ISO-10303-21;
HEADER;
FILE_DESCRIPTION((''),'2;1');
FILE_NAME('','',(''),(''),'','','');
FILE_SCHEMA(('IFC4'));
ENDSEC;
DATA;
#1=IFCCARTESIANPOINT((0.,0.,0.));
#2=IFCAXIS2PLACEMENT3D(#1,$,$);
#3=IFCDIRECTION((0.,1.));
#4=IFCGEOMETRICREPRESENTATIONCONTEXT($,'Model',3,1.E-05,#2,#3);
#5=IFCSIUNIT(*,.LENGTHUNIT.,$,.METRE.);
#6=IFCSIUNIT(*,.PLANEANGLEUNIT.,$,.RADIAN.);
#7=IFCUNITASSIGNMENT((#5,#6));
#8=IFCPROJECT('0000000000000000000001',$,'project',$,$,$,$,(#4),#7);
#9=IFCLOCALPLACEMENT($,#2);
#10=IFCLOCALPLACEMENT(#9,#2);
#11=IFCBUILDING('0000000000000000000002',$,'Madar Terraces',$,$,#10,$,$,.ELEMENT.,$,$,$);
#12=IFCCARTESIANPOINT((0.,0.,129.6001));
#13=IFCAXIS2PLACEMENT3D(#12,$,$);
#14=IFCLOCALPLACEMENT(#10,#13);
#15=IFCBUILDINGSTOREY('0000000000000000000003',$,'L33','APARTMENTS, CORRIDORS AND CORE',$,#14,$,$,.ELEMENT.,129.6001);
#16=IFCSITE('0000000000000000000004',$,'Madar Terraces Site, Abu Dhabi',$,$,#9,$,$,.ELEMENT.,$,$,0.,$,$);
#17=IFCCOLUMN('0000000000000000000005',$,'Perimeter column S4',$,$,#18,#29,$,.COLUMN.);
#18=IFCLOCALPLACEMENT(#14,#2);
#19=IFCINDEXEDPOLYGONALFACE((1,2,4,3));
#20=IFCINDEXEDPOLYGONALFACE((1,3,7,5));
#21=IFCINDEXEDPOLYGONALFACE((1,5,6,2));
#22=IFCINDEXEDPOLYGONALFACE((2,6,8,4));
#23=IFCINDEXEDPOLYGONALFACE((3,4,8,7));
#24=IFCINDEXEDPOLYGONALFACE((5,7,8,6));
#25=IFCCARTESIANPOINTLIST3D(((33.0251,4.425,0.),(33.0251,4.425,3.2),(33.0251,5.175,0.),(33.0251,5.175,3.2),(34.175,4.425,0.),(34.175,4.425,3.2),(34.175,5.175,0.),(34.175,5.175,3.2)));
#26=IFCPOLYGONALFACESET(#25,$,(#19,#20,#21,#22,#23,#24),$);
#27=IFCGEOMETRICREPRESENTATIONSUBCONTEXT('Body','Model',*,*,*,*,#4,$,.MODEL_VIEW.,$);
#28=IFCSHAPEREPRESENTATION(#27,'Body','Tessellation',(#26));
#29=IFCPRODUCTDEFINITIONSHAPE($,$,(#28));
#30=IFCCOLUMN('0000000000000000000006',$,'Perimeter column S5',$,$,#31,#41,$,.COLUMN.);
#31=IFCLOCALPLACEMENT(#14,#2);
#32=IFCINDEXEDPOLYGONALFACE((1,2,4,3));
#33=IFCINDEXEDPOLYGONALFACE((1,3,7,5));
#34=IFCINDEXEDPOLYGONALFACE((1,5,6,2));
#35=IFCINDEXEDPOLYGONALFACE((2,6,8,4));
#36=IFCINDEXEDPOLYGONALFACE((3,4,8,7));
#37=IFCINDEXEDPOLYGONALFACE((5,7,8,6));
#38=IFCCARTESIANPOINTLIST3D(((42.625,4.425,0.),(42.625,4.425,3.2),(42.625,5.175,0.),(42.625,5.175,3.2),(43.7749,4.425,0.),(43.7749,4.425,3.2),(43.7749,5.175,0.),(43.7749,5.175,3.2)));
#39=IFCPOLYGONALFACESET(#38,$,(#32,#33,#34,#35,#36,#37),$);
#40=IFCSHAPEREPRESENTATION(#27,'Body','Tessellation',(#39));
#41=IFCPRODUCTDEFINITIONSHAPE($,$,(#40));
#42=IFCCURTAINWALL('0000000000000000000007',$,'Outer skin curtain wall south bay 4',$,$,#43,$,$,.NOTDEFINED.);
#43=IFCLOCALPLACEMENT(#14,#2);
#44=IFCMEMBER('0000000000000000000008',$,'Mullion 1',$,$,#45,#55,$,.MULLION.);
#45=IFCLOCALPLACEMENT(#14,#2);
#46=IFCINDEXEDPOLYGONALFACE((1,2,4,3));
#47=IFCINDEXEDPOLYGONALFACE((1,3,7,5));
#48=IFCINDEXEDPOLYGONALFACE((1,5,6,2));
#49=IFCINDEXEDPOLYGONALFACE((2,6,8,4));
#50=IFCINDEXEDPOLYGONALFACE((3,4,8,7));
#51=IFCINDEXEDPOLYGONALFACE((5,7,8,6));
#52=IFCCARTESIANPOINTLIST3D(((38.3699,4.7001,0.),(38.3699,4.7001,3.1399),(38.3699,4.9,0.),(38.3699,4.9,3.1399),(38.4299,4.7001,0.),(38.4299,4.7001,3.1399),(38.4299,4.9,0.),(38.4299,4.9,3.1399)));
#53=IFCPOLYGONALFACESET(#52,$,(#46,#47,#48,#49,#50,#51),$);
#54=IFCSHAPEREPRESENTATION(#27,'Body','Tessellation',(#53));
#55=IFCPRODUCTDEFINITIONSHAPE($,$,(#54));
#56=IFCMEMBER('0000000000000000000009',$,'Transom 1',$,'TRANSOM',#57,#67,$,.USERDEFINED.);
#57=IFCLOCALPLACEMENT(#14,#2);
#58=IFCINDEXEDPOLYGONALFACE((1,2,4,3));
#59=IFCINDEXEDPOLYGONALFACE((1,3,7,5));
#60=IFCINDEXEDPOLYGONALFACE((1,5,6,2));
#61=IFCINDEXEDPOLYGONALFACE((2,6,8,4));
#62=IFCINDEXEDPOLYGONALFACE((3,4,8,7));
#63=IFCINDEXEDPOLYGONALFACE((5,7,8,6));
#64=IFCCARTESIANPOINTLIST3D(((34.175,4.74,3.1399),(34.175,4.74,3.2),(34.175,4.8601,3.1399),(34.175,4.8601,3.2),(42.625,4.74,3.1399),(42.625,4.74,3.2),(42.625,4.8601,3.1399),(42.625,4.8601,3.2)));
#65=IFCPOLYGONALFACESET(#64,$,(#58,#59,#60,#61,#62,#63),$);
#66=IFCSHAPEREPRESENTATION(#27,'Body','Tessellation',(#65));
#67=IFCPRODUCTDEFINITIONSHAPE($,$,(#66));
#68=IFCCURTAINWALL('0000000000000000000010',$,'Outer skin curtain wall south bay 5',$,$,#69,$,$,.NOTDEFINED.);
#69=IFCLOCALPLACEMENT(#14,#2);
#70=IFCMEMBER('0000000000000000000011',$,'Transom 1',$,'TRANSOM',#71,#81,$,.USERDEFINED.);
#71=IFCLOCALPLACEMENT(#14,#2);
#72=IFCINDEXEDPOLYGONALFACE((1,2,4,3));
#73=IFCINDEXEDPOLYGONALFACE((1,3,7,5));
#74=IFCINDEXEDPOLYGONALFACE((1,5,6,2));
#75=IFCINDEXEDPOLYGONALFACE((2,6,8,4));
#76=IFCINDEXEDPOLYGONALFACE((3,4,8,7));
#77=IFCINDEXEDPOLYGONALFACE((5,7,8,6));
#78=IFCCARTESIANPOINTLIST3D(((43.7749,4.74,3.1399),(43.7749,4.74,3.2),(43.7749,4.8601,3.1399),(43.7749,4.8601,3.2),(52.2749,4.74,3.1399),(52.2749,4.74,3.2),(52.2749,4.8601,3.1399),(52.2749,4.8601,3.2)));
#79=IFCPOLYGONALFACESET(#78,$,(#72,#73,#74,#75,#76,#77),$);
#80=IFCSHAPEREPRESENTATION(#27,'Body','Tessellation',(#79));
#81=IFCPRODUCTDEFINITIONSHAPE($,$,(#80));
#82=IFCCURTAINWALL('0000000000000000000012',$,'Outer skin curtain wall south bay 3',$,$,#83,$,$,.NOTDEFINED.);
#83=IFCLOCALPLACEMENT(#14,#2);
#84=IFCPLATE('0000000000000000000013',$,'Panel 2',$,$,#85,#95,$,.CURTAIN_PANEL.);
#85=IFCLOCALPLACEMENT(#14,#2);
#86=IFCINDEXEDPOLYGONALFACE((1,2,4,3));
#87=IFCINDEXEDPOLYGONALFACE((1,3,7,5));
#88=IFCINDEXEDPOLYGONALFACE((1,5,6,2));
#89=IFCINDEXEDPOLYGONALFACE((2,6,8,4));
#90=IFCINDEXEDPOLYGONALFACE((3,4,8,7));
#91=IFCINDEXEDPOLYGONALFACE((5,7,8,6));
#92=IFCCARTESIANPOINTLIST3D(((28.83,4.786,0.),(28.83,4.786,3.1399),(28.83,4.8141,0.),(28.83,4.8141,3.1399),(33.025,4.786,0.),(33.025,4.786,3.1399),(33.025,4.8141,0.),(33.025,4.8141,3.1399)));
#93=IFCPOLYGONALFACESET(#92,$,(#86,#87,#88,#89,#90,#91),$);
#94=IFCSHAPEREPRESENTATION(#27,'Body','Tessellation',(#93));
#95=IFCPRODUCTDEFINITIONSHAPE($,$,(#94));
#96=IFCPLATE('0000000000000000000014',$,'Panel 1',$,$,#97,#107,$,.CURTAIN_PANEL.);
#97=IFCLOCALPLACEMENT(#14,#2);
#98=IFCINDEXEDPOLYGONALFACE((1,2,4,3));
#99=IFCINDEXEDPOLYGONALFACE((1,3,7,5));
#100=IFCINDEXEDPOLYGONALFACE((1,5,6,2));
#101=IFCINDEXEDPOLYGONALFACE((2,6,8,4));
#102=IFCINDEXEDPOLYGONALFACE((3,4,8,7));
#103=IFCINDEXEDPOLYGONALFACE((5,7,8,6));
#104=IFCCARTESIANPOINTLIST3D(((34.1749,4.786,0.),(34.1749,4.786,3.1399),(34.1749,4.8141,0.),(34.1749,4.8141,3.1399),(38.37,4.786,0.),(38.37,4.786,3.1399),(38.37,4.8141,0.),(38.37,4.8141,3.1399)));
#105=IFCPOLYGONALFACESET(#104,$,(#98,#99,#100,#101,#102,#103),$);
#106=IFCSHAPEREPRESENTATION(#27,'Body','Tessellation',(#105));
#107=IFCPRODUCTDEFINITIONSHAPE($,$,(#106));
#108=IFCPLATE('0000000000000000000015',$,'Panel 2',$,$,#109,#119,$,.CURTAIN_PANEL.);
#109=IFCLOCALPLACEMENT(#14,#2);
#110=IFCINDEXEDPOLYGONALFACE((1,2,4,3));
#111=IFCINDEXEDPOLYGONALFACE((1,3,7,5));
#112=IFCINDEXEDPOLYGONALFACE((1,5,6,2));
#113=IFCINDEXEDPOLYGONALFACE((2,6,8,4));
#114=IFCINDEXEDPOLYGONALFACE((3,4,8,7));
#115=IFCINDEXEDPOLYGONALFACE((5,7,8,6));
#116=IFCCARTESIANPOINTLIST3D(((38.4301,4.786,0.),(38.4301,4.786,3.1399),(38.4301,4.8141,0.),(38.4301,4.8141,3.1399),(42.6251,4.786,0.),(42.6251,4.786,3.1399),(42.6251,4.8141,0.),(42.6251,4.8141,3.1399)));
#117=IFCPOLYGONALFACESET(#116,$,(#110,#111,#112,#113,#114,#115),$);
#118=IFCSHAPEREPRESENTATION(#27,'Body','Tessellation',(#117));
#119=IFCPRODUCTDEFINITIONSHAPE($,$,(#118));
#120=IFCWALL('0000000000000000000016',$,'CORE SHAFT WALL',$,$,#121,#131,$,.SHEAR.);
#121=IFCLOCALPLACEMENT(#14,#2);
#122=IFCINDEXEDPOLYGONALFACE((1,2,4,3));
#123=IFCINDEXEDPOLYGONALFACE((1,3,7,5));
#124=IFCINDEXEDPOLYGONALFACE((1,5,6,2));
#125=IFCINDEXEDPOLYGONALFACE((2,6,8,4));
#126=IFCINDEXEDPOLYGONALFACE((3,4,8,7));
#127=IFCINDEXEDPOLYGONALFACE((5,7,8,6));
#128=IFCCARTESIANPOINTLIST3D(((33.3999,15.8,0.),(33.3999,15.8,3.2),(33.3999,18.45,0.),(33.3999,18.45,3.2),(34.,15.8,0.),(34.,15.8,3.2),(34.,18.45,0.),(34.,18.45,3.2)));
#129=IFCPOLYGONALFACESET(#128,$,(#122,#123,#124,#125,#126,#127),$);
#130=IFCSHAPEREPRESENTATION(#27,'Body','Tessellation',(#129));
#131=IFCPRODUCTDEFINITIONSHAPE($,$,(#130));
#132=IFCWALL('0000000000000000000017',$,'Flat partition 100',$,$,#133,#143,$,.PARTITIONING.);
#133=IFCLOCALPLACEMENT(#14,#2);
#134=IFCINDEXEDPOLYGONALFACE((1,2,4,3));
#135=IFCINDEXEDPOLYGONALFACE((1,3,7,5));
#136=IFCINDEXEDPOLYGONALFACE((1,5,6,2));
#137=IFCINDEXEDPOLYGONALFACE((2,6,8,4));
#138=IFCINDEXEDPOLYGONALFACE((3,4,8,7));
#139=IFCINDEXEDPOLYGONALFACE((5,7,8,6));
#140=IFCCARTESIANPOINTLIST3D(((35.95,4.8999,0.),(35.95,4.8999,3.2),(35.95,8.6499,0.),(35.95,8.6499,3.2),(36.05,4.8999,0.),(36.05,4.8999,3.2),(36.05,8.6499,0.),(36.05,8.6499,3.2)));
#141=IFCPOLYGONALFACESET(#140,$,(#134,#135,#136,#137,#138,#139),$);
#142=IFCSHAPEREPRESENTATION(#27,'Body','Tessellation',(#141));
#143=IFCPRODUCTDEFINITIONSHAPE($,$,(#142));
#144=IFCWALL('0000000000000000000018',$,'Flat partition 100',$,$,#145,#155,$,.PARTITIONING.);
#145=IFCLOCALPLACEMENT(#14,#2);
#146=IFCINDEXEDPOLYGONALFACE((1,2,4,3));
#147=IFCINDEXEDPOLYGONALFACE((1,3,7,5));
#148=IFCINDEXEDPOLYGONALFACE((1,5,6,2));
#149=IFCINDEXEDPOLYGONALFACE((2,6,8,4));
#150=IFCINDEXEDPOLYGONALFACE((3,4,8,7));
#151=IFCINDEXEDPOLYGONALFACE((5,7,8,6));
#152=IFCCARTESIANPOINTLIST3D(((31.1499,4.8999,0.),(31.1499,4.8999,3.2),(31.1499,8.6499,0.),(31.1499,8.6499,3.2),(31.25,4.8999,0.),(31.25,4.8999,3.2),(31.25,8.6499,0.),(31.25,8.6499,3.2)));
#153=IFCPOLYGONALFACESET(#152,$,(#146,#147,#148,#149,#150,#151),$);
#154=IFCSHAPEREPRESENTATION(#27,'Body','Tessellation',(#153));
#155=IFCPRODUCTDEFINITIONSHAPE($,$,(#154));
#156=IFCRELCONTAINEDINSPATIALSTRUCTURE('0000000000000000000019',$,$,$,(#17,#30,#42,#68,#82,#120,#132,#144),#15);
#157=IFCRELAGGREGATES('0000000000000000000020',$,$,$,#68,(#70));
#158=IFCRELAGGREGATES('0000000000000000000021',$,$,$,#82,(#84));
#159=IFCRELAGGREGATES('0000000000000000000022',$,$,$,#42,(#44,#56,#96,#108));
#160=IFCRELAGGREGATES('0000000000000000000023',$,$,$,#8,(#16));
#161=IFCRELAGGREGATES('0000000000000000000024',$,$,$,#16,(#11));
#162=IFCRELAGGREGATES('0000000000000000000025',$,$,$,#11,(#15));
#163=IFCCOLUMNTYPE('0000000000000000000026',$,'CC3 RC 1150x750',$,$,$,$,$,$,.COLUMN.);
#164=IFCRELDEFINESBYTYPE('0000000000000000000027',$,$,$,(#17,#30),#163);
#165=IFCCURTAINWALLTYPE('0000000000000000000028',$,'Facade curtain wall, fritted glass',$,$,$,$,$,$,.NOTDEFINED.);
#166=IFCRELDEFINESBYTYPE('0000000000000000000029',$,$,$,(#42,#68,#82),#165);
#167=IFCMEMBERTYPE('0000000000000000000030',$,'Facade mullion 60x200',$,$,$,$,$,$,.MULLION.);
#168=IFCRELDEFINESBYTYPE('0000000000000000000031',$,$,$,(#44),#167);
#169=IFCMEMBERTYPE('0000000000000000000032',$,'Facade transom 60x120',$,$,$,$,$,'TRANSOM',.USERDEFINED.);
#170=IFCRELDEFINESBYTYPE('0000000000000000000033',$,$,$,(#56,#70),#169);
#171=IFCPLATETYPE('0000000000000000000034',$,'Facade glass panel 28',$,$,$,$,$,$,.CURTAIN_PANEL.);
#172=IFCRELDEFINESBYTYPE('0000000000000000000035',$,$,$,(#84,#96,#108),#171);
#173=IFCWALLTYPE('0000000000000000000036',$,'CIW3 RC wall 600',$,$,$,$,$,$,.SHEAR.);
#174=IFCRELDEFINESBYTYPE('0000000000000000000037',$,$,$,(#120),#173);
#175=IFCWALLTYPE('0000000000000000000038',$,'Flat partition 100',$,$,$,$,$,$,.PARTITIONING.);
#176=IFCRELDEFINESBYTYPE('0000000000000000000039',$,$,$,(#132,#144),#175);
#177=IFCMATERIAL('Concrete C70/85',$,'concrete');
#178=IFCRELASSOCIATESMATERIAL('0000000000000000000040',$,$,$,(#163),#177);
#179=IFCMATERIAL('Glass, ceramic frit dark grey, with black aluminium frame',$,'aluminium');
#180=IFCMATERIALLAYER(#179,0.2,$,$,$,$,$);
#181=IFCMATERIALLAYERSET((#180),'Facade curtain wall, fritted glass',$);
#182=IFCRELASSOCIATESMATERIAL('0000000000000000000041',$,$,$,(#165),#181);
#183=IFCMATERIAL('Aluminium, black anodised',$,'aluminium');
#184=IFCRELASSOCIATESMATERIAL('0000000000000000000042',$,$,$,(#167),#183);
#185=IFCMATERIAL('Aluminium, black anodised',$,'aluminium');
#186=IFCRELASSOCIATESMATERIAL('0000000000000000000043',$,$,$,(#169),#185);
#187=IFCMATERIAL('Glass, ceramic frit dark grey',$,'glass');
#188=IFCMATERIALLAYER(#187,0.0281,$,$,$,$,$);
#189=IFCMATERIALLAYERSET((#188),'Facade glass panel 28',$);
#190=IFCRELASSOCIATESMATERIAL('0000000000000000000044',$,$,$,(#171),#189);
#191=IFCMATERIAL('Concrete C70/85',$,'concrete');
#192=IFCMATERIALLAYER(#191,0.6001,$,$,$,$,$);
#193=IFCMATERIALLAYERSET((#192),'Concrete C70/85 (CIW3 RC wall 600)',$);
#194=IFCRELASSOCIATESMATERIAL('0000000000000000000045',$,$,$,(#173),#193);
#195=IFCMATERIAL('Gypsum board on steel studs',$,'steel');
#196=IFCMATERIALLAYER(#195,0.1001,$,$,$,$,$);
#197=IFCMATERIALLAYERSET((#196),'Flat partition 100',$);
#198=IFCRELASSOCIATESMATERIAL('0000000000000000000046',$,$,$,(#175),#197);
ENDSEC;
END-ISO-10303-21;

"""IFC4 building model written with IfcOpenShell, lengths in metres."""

from ifc_helpers import new_model, si_unit, direction, frame, frame_2d, origin, origin_2d, place, context, subcontext, project, spatial, rectangle, extrude, material, layer, layer_set, material_profile, profile_set, type_object, element, aggregate, save


model = new_model("IFC4")

# Units and contexts
model_context = context("Model", 3, precision=1e-05, world=origin(), true_north=direction((0.0, 1.0)))
body_context = subcontext(model_context, "Body", "Model", "MODEL_VIEW")
ifc_project = project(units=[si_unit("LENGTHUNIT", "METRE"), si_unit("PLANEANGLEUNIT", "RADIAN")], contexts=[model_context])

# Site, building, storey
site_placement = place(None, origin())
site = spatial("IfcSite", under=ifc_project, at=site_placement, Name="Madar Terraces Site, Abu Dhabi", CompositionType="ELEMENT", RefElevation=0.0)
building_placement = place(site_placement, origin())
building = spatial("IfcBuilding", under=site, at=building_placement, Name="Madar Terraces", CompositionType="ELEMENT")
storey_placement = place(building_placement, frame((0.0, 0.0, 129.6001)))
storey = spatial("IfcBuildingStorey", under=building, at=storey_placement, Name="L33", Description="APARTMENTS, CORRIDORS AND CORE", CompositionType="ELEMENT", Elevation=129.6001)

# Columns
ifc_material_1 = material(Name="Concrete C70/85", Category="concrete")
ifc_material_profile_1 = material_profile(ifc_material_1, rectangle(XDim=1.1499, YDim=0.75, at=origin_2d()), Name="CC3 RC 1150x750")
ifc_profile_set_1 = profile_set([ifc_material_profile_1], Name="Concrete C70/85")
column_type = type_object("IfcColumnType", Name="CC3 RC 1150x750", PredefinedType="COLUMN", material=ifc_profile_set_1)
for number, where, z_axis, x_axis, name in (
    (1, (33.6001, 4.8, 0.0), (0.0, 0.0, 1.0), (1.0, 0.0, 0.0), "Perimeter column S4"),
    (2, (43.2, 4.8, 0.0), (0.0, 0.0, 1.0), (1.0, 0.0, 0.0), "Perimeter column S5"),
):
    element("IfcColumn", number, at=place(storey_placement, frame(where, z_axis=z_axis, x_axis=x_axis)), inside=storey, type_object=column_type, Name=name, PredefinedType="COLUMN", context=body_context, shape_type="SweptSolid", body=[
        extrude(rectangle(XDim=1.1499, YDim=0.75, at=origin_2d()), origin(), (0.0, 0.0, 1.0), 3.2),
    ])

# Curtain wall, members
ifc_material_2 = material(Name="Glass, ceramic frit dark grey, with black aluminium frame", Category="aluminium")
ifc_layer_1 = layer(ifc_material_2, 0.2)
ifc_layer_set_1 = layer_set([ifc_layer_1], Name="Facade curtain wall, fritted glass")
curtain_wall_type = type_object("IfcCurtainWallType", Name="Facade curtain wall, fritted glass", PredefinedType="NOTDEFINED", material=ifc_layer_set_1)
curtain_wall_1_placement = place(storey_placement, origin())
curtain_wall_1 = element("IfcCurtainWall", 3, at=curtain_wall_1_placement, inside=storey, type_object=curtain_wall_type, Name="Outer skin curtain wall south bay 4", PredefinedType="NOTDEFINED")
ifc_material_3 = material(Name="Aluminium, black anodised", Category="aluminium")
ifc_material_profile_2 = material_profile(ifc_material_3, rectangle(XDim=0.2, YDim=0.0601, at=origin_2d()), Name="Facade mullion 60x200")
ifc_profile_set_2 = profile_set([ifc_material_profile_2], Name="Aluminium, black anodised")
member_type_1 = type_object("IfcMemberType", Name="Facade mullion 60x200", PredefinedType="MULLION", material=ifc_profile_set_2)
member_1_placement = place(storey_placement, frame((38.3999, 4.8, 0.0), z_axis=(0.0, 0.0, 1.0), x_axis=(0.0, 1.0, 0.0)))
member_1 = element("IfcMember", 4, at=member_1_placement, type_object=member_type_1, Name="Mullion 1", PredefinedType="MULLION", context=body_context, shape_type="SweptSolid", body=[
    extrude(rectangle(XDim=0.2, YDim=0.0601, at=origin_2d()), origin(), (0.0, 0.0, 1.0), 3.1399),
])
ifc_material_4 = material(Name="Aluminium, black anodised", Category="aluminium")
ifc_material_profile_3 = material_profile(ifc_material_4, rectangle(XDim=0.1201, YDim=0.0601, at=origin_2d()), Name="Facade transom 60x120")
ifc_profile_set_3 = profile_set([ifc_material_profile_3], Name="Aluminium, black anodised")
member_type_2 = type_object("IfcMemberType", Name="Facade transom 60x120", ElementType="TRANSOM", PredefinedType="USERDEFINED", material=ifc_profile_set_3)
member_2_placement = place(storey_placement, frame((34.175, 4.8, 3.1699), z_axis=(1.0, 0.0, 0.0), x_axis=(0.0, 1.0, 0.0)))
member_2 = element("IfcMember", 5, at=member_2_placement, type_object=member_type_2, Name="Transom 1", ObjectType="TRANSOM", PredefinedType="USERDEFINED", context=body_context, shape_type="SweptSolid", body=[
    extrude(rectangle(XDim=0.1201, YDim=0.0601, at=origin_2d()), origin(), (0.0, 0.0, 1.0), 8.45),
])

# Curtain wall, member
curtain_wall_2_placement = place(storey_placement, origin())
curtain_wall_2 = element("IfcCurtainWall", 6, at=curtain_wall_2_placement, inside=storey, type_object=curtain_wall_type, Name="Outer skin curtain wall south bay 5", PredefinedType="NOTDEFINED")
member_3_placement = place(storey_placement, frame((43.7749, 4.8, 3.1699), z_axis=(1.0, 0.0, 0.0), x_axis=(0.0, 1.0, 0.0)))
member_3 = element("IfcMember", 7, at=member_3_placement, type_object=member_type_2, Name="Transom 1", ObjectType="TRANSOM", PredefinedType="USERDEFINED", context=body_context, shape_type="SweptSolid", body=[
    extrude(rectangle(XDim=0.1201, YDim=0.0601, at=origin_2d()), origin(), (0.0, 0.0, 1.0), 8.5),
])
aggregate(curtain_wall_2, [member_3])

# Curtain wall, plate
curtain_wall_3_placement = place(storey_placement, origin())
curtain_wall_3 = element("IfcCurtainWall", 8, at=curtain_wall_3_placement, inside=storey, type_object=curtain_wall_type, Name="Outer skin curtain wall south bay 3", PredefinedType="NOTDEFINED")
ifc_material_5 = material(Name="Glass, ceramic frit dark grey", Category="glass")
ifc_layer_2 = layer(ifc_material_5, 0.0281)
ifc_layer_set_2 = layer_set([ifc_layer_2], Name="Facade glass panel 28")
plate_type = type_object("IfcPlateType", Name="Facade glass panel 28", PredefinedType="CURTAIN_PANEL", material=ifc_layer_set_2)
plate_1_placement = place(storey_placement, frame((30.9275, 4.8, 0.0), z_axis=(0.0, 0.0, 1.0), x_axis=(1.0, 0.0, 0.0)))
plate_1 = element("IfcPlate", 9, at=plate_1_placement, type_object=plate_type, Name="Panel 2", PredefinedType="CURTAIN_PANEL", context=body_context, shape_type="SweptSolid", body=[
    extrude(rectangle(XDim=4.1951, YDim=0.0281, at=origin_2d()), origin(), (0.0, 0.0, 1.0), 3.1399),
])
aggregate(curtain_wall_3, [plate_1])

# Plates
plate_2_placement = place(storey_placement, frame((36.2725, 4.8, 0.0), z_axis=(0.0, 0.0, 1.0), x_axis=(1.0, 0.0, 0.0)))
plate_2 = element("IfcPlate", 10, at=plate_2_placement, type_object=plate_type, Name="Panel 1", PredefinedType="CURTAIN_PANEL", context=body_context, shape_type="SweptSolid", body=[
    extrude(rectangle(XDim=4.1951, YDim=0.0281, at=origin_2d()), origin(), (0.0, 0.0, 1.0), 3.1399),
])
plate_3_placement = place(storey_placement, frame((40.5276, 4.8, 0.0), z_axis=(0.0, 0.0, 1.0), x_axis=(1.0, 0.0, 0.0)))
plate_3 = element("IfcPlate", 11, at=plate_3_placement, type_object=plate_type, Name="Panel 2", PredefinedType="CURTAIN_PANEL", context=body_context, shape_type="SweptSolid", body=[
    extrude(rectangle(XDim=4.1951, YDim=0.0281, at=origin_2d()), origin(), (0.0, 0.0, 1.0), 3.1399),
])
aggregate(curtain_wall_1, [member_1, member_2, plate_2, plate_3])

# Walls
ifc_material_6 = material(Name="Concrete C70/85", Category="concrete")
ifc_layer_3 = layer(ifc_material_6, 0.6001)
ifc_layer_set_3 = layer_set([ifc_layer_3], Name="Concrete C70/85 (CIW3 RC wall 600)")
wall_type_1 = type_object("IfcWallType", Name="CIW3 RC wall 600", PredefinedType="SHEAR", material=ifc_layer_set_3)
wall_1_placement = place(storey_placement, frame((33.7, 15.8, 0.0), z_axis=(0.0, 0.0, 1.0), x_axis=(0.0, 1.0, 0.0)))
element("IfcWall", 12, at=wall_1_placement, inside=storey, type_object=wall_type_1, Name="CORE SHAFT WALL", PredefinedType="SHEAR", context=body_context, shape_type="SweptSolid", body=[
    extrude(rectangle(XDim=2.6499, YDim=0.6001, at=frame_2d((1.325, 0.0))), origin(), (0.0, 0.0, 1.0), 3.2),
])
ifc_material_7 = material(Name="Gypsum board on steel studs", Category="steel")
ifc_layer_4 = layer(ifc_material_7, 0.1001)
ifc_layer_set_4 = layer_set([ifc_layer_4], Name="Flat partition 100")
wall_type_2 = type_object("IfcWallType", Name="Flat partition 100", PredefinedType="PARTITIONING", material=ifc_layer_set_4)
for number, where, z_axis, x_axis, name in (
    (13, (36.0, 8.6499, 0.0), (0.0, 0.0, 1.0), (0.0, -1.0, 0.0), "Flat partition 100"),
    (14, (31.2, 8.6499, 0.0), (0.0, 0.0, 1.0), (0.0, -1.0, 0.0), "Flat partition 100"),
):
    element("IfcWall", number, at=place(storey_placement, frame(where, z_axis=z_axis, x_axis=x_axis)), inside=storey, type_object=wall_type_2, Name=name, PredefinedType="PARTITIONING", context=body_context, shape_type="SweptSolid", body=[
        extrude(rectangle(XDim=3.75, YDim=0.1001, at=frame_2d((1.875, 0.0))), origin(), (0.0, 0.0, 1.0), 3.2),
    ])

save(model, "model.ifc")
